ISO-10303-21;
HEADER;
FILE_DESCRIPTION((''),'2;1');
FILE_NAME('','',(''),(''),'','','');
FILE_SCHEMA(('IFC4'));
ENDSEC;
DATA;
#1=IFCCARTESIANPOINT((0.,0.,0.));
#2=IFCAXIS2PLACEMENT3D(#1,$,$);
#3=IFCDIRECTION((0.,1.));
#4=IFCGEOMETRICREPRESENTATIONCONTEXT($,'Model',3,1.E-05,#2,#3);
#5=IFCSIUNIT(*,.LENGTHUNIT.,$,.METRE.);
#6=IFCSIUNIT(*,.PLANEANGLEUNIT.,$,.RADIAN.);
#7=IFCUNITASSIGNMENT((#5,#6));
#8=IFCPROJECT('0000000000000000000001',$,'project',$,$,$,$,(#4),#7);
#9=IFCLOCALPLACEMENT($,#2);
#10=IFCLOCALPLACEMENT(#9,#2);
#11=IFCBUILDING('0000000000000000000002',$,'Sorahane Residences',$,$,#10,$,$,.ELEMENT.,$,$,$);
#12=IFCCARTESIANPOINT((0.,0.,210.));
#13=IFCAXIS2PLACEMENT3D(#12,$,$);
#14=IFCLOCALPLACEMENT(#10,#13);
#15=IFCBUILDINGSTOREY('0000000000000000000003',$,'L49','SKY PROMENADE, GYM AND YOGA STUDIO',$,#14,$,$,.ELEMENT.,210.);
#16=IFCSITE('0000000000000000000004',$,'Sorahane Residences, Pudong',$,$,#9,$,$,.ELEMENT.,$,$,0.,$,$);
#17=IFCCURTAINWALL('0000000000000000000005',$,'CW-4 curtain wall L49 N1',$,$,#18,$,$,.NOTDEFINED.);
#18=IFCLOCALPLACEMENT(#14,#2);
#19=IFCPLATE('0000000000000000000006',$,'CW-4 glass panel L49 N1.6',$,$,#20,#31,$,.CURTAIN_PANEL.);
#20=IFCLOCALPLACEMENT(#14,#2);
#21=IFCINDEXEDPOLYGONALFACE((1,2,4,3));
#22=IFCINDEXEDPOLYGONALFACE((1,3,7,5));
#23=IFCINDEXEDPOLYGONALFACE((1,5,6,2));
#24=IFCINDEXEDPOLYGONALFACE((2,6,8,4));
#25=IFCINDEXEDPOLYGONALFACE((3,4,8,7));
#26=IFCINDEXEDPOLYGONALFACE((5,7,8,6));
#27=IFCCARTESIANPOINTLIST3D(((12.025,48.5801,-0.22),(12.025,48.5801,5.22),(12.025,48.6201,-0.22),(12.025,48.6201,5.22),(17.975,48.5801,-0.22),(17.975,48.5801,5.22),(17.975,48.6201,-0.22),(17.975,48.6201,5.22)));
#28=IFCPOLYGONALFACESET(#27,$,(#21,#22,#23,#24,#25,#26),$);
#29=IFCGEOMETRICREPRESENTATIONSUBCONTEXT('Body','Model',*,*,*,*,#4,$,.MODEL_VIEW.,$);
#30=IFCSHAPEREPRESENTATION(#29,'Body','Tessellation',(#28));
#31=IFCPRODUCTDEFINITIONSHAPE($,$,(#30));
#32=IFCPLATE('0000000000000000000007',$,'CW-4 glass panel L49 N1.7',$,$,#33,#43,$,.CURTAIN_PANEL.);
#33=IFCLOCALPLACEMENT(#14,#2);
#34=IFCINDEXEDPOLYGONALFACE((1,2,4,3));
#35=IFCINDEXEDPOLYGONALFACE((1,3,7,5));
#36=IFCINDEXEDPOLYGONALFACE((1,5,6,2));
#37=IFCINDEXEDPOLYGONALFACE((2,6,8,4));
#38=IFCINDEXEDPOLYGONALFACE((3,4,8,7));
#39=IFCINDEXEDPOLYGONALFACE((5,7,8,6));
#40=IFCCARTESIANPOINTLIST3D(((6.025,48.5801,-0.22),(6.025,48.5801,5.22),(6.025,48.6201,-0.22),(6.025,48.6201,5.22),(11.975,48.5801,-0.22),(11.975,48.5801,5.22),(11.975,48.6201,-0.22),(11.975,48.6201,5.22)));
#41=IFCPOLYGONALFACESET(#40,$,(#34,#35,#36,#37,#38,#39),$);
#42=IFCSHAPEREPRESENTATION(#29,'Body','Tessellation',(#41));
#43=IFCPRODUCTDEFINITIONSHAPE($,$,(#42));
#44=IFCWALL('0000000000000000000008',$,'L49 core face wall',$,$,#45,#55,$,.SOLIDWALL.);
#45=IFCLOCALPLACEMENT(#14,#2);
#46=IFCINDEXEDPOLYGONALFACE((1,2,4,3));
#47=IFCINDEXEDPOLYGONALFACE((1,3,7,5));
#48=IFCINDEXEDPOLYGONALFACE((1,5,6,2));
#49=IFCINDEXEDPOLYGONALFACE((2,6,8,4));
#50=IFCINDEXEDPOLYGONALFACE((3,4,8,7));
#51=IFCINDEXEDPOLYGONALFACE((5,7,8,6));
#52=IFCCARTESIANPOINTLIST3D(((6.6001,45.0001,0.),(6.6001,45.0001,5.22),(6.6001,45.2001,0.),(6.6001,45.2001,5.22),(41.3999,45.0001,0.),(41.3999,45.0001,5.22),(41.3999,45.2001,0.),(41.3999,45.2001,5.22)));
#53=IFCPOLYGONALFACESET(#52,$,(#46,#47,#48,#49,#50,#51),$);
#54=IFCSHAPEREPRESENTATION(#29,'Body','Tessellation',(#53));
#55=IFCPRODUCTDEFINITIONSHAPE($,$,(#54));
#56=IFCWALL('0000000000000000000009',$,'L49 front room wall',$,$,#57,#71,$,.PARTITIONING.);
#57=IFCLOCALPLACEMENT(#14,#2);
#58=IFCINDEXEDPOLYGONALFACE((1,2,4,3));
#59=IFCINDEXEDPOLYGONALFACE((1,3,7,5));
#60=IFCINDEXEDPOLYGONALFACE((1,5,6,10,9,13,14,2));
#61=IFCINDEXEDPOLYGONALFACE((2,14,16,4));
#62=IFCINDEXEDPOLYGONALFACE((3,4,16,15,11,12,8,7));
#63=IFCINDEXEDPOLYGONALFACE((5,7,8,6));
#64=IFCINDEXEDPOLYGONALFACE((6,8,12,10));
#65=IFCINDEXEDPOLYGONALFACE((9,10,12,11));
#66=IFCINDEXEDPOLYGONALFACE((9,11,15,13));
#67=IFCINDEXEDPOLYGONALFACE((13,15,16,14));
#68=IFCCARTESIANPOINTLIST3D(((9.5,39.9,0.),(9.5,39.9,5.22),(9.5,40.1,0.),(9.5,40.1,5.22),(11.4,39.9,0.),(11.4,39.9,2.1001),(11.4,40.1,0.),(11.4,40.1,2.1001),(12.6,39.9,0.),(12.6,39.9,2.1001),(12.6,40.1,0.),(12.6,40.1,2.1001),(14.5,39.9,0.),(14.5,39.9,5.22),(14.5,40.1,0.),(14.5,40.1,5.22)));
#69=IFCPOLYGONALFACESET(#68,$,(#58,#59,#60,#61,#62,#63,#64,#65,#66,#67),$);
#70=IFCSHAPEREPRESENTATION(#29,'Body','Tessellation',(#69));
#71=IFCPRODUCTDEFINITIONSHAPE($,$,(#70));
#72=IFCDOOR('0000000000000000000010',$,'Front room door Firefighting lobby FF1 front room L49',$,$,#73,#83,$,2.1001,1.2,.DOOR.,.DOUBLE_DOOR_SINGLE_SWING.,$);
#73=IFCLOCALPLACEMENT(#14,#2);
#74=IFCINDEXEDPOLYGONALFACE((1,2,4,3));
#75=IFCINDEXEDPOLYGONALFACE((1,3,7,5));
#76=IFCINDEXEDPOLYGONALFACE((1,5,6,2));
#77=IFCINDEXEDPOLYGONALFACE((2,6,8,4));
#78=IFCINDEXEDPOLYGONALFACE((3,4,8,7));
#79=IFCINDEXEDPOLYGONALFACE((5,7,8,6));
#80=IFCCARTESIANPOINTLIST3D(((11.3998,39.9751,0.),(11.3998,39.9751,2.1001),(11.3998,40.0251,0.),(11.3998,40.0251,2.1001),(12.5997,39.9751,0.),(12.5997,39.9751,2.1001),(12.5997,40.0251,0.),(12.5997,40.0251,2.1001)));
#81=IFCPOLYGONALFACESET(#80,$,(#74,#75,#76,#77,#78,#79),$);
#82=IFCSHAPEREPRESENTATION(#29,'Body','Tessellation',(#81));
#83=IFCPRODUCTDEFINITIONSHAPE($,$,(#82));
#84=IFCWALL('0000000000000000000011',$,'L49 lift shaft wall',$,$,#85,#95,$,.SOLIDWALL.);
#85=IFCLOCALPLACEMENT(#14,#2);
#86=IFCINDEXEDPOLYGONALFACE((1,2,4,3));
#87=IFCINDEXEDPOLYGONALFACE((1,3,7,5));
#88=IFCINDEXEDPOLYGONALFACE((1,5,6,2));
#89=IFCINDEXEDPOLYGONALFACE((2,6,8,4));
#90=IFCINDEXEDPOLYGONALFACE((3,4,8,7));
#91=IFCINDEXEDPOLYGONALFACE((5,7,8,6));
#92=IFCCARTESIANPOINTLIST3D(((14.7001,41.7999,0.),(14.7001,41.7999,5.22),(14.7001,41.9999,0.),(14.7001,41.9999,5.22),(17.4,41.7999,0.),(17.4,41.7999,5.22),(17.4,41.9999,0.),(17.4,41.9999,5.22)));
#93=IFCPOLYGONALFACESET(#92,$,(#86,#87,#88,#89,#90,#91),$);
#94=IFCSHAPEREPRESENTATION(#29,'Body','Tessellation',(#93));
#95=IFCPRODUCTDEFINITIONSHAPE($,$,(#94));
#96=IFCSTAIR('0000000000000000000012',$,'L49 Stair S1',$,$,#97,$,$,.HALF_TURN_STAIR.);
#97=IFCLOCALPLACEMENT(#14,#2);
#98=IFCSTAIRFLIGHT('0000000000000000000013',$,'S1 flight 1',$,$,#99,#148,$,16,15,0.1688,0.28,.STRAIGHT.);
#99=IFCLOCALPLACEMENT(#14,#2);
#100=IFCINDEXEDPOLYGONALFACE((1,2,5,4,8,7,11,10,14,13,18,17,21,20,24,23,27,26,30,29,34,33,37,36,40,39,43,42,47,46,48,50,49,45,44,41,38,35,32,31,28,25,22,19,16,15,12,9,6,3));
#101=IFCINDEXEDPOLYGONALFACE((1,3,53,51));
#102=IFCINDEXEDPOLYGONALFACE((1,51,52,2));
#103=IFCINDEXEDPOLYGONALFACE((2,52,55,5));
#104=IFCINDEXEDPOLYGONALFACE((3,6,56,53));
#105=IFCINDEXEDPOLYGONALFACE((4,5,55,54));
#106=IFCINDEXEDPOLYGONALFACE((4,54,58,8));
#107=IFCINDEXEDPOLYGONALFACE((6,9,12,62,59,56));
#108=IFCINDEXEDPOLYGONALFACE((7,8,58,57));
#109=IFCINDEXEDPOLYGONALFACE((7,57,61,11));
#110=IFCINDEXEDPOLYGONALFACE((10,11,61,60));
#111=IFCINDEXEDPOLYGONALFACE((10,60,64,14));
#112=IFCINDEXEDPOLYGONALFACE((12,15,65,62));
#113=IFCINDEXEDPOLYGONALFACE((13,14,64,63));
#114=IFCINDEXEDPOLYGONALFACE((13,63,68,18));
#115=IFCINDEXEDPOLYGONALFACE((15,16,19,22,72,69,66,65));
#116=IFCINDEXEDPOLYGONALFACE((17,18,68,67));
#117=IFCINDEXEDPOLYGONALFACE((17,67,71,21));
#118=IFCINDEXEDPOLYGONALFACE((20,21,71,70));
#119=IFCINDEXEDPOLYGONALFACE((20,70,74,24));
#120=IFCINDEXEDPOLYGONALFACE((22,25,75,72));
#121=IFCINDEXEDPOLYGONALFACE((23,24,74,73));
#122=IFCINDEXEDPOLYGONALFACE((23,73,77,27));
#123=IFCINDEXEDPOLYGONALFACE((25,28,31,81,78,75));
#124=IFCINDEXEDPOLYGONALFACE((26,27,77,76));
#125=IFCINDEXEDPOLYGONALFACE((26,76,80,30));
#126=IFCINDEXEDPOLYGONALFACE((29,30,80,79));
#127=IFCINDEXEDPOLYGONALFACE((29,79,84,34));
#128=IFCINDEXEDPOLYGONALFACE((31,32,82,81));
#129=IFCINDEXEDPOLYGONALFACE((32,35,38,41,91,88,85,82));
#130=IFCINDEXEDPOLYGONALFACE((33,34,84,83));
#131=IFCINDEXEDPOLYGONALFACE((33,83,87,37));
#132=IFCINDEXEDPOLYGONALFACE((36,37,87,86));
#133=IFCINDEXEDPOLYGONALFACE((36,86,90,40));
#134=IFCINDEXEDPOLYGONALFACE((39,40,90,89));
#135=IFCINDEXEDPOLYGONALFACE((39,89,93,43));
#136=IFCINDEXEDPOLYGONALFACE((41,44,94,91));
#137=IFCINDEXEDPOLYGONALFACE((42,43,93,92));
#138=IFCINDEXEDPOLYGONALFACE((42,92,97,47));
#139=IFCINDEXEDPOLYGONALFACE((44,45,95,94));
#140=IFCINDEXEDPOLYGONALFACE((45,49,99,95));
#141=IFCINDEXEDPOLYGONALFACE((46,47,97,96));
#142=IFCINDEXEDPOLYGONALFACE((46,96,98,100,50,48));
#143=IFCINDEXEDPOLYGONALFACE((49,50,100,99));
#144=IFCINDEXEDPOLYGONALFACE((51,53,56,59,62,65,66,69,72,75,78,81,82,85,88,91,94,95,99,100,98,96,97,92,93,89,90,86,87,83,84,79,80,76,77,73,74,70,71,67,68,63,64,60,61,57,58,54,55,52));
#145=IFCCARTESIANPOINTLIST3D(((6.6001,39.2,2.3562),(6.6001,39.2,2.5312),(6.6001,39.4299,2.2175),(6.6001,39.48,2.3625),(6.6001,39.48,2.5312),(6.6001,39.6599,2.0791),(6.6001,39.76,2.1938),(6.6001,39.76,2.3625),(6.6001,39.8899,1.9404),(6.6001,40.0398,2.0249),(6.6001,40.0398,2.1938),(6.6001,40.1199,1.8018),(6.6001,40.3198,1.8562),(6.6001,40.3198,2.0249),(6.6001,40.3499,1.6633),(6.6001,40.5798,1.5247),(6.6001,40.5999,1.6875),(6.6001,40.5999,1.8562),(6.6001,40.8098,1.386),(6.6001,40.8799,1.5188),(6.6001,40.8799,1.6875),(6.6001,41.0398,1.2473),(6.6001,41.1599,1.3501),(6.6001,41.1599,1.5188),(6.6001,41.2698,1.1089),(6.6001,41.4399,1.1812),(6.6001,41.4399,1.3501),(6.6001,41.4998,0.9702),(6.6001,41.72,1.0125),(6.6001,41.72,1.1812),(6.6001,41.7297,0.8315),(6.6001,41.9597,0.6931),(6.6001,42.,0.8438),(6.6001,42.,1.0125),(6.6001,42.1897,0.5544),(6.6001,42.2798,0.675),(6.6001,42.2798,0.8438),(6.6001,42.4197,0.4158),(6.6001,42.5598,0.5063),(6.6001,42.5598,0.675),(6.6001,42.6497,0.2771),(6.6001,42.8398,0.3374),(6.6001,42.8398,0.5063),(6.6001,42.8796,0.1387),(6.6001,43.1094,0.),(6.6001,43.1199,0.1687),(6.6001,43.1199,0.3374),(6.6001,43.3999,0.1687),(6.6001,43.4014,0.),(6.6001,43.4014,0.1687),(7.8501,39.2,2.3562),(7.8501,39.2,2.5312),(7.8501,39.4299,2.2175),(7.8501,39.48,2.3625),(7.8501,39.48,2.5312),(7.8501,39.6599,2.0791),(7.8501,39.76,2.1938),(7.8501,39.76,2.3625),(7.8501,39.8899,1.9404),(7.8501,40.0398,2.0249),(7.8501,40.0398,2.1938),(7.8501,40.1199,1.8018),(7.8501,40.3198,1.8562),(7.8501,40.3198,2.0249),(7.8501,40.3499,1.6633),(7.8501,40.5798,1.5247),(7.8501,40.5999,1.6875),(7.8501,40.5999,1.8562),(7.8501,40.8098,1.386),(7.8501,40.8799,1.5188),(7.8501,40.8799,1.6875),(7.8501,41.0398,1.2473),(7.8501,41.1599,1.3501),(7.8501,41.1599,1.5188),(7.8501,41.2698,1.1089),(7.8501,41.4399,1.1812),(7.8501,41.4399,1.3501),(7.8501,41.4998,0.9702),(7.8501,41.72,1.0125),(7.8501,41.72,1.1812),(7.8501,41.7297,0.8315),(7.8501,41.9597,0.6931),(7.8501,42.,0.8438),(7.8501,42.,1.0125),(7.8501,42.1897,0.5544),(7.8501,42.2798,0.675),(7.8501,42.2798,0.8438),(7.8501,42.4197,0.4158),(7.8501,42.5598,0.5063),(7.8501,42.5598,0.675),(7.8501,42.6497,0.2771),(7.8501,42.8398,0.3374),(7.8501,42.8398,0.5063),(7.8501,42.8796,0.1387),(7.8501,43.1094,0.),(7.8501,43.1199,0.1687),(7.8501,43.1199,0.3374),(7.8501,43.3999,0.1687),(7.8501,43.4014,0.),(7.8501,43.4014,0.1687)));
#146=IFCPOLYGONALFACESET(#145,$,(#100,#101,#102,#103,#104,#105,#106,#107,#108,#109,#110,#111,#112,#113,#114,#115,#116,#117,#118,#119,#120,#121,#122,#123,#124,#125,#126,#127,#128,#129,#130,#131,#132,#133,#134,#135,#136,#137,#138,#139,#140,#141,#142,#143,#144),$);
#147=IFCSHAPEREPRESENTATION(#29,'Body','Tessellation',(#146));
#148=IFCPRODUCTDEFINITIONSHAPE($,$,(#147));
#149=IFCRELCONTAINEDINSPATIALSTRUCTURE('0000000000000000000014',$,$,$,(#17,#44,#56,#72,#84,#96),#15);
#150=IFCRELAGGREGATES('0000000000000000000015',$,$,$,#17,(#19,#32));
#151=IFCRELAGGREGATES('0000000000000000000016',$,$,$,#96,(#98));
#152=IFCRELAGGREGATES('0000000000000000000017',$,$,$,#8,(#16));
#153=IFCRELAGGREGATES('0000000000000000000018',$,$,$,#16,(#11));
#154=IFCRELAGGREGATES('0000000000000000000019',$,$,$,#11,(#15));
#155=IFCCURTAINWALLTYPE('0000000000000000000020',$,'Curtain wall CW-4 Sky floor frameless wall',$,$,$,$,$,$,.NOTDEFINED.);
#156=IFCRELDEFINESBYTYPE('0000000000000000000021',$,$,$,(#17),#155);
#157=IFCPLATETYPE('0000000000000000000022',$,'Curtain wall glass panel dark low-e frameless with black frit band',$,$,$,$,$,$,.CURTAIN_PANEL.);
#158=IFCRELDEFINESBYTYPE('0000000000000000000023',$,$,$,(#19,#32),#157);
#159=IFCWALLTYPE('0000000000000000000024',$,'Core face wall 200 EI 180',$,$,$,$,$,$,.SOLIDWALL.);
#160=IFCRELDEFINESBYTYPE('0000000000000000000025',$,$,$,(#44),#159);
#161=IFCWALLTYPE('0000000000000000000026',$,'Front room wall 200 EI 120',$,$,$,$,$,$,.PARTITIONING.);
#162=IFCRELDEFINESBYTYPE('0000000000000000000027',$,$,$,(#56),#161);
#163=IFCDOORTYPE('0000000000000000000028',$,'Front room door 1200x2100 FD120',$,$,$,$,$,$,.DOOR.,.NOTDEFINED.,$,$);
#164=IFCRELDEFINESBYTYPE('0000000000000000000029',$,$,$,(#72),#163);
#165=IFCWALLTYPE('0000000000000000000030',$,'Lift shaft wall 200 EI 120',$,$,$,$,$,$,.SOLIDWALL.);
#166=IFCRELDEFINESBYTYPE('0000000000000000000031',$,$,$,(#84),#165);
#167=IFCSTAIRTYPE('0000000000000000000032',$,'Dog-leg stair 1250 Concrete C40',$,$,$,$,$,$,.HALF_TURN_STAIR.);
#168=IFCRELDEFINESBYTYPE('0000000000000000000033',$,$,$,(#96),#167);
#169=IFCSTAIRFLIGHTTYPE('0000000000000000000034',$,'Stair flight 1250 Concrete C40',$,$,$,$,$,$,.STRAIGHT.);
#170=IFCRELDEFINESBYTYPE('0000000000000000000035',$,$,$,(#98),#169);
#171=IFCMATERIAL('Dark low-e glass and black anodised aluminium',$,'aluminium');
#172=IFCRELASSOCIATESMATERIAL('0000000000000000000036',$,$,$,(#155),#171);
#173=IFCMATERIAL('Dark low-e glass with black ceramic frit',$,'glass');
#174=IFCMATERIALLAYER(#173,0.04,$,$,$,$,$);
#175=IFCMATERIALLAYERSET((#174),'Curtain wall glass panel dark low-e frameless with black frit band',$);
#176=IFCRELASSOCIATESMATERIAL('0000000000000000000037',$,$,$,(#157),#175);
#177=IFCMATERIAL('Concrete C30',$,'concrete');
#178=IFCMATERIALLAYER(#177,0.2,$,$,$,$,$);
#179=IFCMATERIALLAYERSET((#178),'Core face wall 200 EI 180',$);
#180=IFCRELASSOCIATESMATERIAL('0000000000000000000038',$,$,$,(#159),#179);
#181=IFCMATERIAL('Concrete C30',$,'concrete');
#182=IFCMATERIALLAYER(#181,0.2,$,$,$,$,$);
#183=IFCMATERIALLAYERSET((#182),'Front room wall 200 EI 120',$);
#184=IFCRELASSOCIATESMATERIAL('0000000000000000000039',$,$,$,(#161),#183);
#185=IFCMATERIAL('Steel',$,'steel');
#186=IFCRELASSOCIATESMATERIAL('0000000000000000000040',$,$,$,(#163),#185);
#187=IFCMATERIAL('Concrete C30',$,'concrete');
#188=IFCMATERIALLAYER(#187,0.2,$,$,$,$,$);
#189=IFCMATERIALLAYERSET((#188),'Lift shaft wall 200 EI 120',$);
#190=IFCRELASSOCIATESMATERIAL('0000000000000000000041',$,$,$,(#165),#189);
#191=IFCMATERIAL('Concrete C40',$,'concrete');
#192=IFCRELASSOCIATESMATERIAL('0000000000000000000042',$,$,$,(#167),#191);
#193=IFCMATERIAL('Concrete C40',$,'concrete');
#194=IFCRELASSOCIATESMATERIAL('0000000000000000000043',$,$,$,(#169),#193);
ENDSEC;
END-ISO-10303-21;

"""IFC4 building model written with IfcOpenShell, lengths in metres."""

from ifc_helpers import new_model, si_unit, direction, frame, frame_2d, origin, origin_2d, place, context, subcontext, project, spatial, polyline, rectangle, outline, extrude, material, layer, layer_set, type_object, element, fill, aggregate, save


model = new_model("IFC4")

# Units and contexts
model_context = context("Model", 3, precision=1e-05, world=origin(), true_north=direction((0.0, 1.0)))
body_context = subcontext(model_context, "Body", "Model", "MODEL_VIEW")
ifc_project = project(units=[si_unit("LENGTHUNIT", "METRE"), si_unit("PLANEANGLEUNIT", "RADIAN")], contexts=[model_context])

# Site, building, storey
site_placement = place(None, origin())
site = spatial("IfcSite", under=ifc_project, at=site_placement, Name="Sorahane Residences, Pudong", CompositionType="ELEMENT", RefElevation=0.0)
building_placement = place(site_placement, origin())
building = spatial("IfcBuilding", under=site, at=building_placement, Name="Sorahane Residences", CompositionType="ELEMENT")
storey_placement = place(building_placement, frame((0.0, 0.0, 210.0)))
storey = spatial("IfcBuildingStorey", under=building, at=storey_placement, Name="L49", Description="SKY PROMENADE, GYM AND YOGA STUDIO", CompositionType="ELEMENT", Elevation=210.0)

# Curtain wall
ifc_material_1 = material(Name="Dark low-e glass and black anodised aluminium", Category="aluminium")
curtain_wall_type = type_object("IfcCurtainWallType", Name="Curtain wall CW-4 Sky floor frameless wall", PredefinedType="NOTDEFINED", material=ifc_material_1)
curtain_wall_placement = place(storey_placement, origin())
curtain_wall = element("IfcCurtainWall", 1, at=curtain_wall_placement, inside=storey, type_object=curtain_wall_type, Name="CW-4 curtain wall L49 N1", PredefinedType="NOTDEFINED")

# Plates
ifc_material_2 = material(Name="Dark low-e glass with black ceramic frit", Category="glass")
ifc_layer_1 = layer(ifc_material_2, 0.04)
ifc_layer_set_1 = layer_set([ifc_layer_1], Name="Curtain wall glass panel dark low-e frameless with black frit band")
plate_type = type_object("IfcPlateType", Name="Curtain wall glass panel dark low-e frameless with black frit band", PredefinedType="CURTAIN_PANEL", material=ifc_layer_set_1)
plate_1_placement = place(storey_placement, frame((15.0, 48.6001, -0.22), z_axis=(0.0, 0.0, 1.0), x_axis=(-1.0, 0.0, 0.0)))
plate_1 = element("IfcPlate", 2, at=plate_1_placement, type_object=plate_type, Name="CW-4 glass panel L49 N1.6", PredefinedType="CURTAIN_PANEL", context=body_context, shape_type="SweptSolid", body=[
    extrude(rectangle(XDim=5.95, YDim=0.04, at=origin_2d()), origin(), (0.0, 0.0, 1.0), 5.4399),
])
plate_2_placement = place(storey_placement, frame((9.0, 48.6001, -0.22), z_axis=(0.0, 0.0, 1.0), x_axis=(-1.0, 0.0, 0.0)))
plate_2 = element("IfcPlate", 3, at=plate_2_placement, type_object=plate_type, Name="CW-4 glass panel L49 N1.7", PredefinedType="CURTAIN_PANEL", context=body_context, shape_type="SweptSolid", body=[
    extrude(rectangle(XDim=5.95, YDim=0.04, at=origin_2d()), origin(), (0.0, 0.0, 1.0), 5.4399),
])
aggregate(curtain_wall, [plate_1, plate_2])

# Wall
ifc_material_3 = material(Name="Concrete C30", Category="concrete")
ifc_layer_2 = layer(ifc_material_3, 0.2)
ifc_layer_set_2 = layer_set([ifc_layer_2], Name="Core face wall 200 EI 180")
wall_type_1 = type_object("IfcWallType", Name="Core face wall 200 EI 180", PredefinedType="SOLIDWALL", material=ifc_layer_set_2)
wall_1_placement = place(storey_placement, frame((6.6001, 45.1001, 0.0), z_axis=(0.0, 0.0, 1.0), x_axis=(1.0, 0.0, 0.0)))
element("IfcWall", 4, at=wall_1_placement, inside=storey, type_object=wall_type_1, Name="L49 core face wall", PredefinedType="SOLIDWALL", context=body_context, shape_type="SweptSolid", body=[
    extrude(rectangle(XDim=34.7998, YDim=0.2, at=frame_2d((17.3999, 0.0))), origin(), (0.0, 0.0, 1.0), 5.22),
])

# Wall, opening, door
ifc_material_4 = material(Name="Concrete C30", Category="concrete")
ifc_layer_3 = layer(ifc_material_4, 0.2)
ifc_layer_set_3 = layer_set([ifc_layer_3], Name="Front room wall 200 EI 120")
wall_type_2 = type_object("IfcWallType", Name="Front room wall 200 EI 120", PredefinedType="PARTITIONING", material=ifc_layer_set_3)
wall_2_placement = place(storey_placement, frame((9.5, 40.0, 0.0), z_axis=(0.0, 0.0, 1.0), x_axis=(1.0, 0.0, 0.0)))
wall_2 = element("IfcWall", 5, at=wall_2_placement, inside=storey, type_object=wall_type_2, Name="L49 front room wall", PredefinedType="PARTITIONING", context=body_context, shape_type="SweptSolid", body=[
    extrude(rectangle(XDim=5.0, YDim=0.2, at=frame_2d((2.5, 0.0))), origin(), (0.0, 0.0, 1.0), 5.22),
])
opening_placement = place(wall_2_placement, frame((1.8999, 0.0, 0.0)))
opening = element("IfcOpeningElement", 6, at=opening_placement, cuts=wall_2, PredefinedType="OPENING", context=body_context, shape_type="SweptSolid", body=[
    extrude(rectangle(XDim=1.2, YDim=2.1001, at=frame_2d((0.6001, 1.05))), frame((0.0, 0.1099, 0.0), z_axis=(0.0, -1.0, 0.0), x_axis=(1.0, 0.0, 0.0)), (0.0, 0.0, 1.0), 0.22),
])
ifc_material_5 = material(Name="Steel", Category="steel")
door_type = type_object("IfcDoorType", Name="Front room door 1200x2100 FD120", OperationType="NOTDEFINED", PredefinedType="DOOR", material=ifc_material_5)
door_placement = place(opening_placement, frame((1.2, 0.0, 0.0), z_axis=(0.0, 0.0, 1.0), x_axis=(-1.0, 0.0, 0.0)))
door = element("IfcDoor", 7, at=door_placement, inside=storey, type_object=door_type, Name="Front room door Firefighting lobby FF1 front room L49", OperationType="DOUBLE_DOOR_SINGLE_SWING", OverallHeight=2.1001, OverallWidth=1.2, PredefinedType="DOOR", context=body_context, shape_type="SweptSolid", body=[
    extrude(rectangle(XDim=1.2, YDim=2.1001, at=frame_2d((0.6001, 1.05))), frame((0.0, 0.0249, 0.0), z_axis=(0.0, -1.0, 0.0), x_axis=(1.0, 0.0, 0.0)), (0.0, 0.0, 1.0), 0.05),
])
fill(opening, door)

# Wall
ifc_material_6 = material(Name="Concrete C30", Category="concrete")
ifc_layer_4 = layer(ifc_material_6, 0.2)
ifc_layer_set_4 = layer_set([ifc_layer_4], Name="Lift shaft wall 200 EI 120")
wall_type_3 = type_object("IfcWallType", Name="Lift shaft wall 200 EI 120", PredefinedType="SOLIDWALL", material=ifc_layer_set_4)
wall_3_placement = place(storey_placement, frame((14.7, 41.8999, 0.0), z_axis=(0.0, 0.0, 1.0), x_axis=(1.0, 0.0, 0.0)))
element("IfcWall", 8, at=wall_3_placement, inside=storey, type_object=wall_type_3, Name="L49 lift shaft wall", PredefinedType="SOLIDWALL", context=body_context, shape_type="SweptSolid", body=[
    extrude(rectangle(XDim=2.7, YDim=0.2, at=frame_2d((1.3501, 0.0))), origin(), (0.0, 0.0, 1.0), 5.22),
])

# Stair, stair flight
ifc_material_7 = material(Name="Concrete C40", Category="concrete")
stair_type = type_object("IfcStairType", Name="Dog-leg stair 1250 Concrete C40", PredefinedType="HALF_TURN_STAIR", material=ifc_material_7)
stair_placement = place(storey_placement, origin())
stair = element("IfcStair", 9, at=stair_placement, inside=storey, type_object=stair_type, Name="L49 Stair S1", PredefinedType="HALF_TURN_STAIR")
ifc_material_8 = material(Name="Concrete C40", Category="concrete")
stair_flight_type = type_object("IfcStairFlightType", Name="Stair flight 1250 Concrete C40", PredefinedType="STRAIGHT", material=ifc_material_8)
stair_flight_1_placement = place(storey_placement, frame((7.2251, 43.3999, 0.0), z_axis=(0.0, 0.0, 1.0), x_axis=(0.0, -1.0, 0.0)))
stair_flight_1 = element("IfcStairFlight", 10, at=stair_flight_1_placement, type_object=stair_flight_type, Name="S1 flight 1", NumberOfRisers=16, NumberOfTreads=15, PredefinedType="STRAIGHT", RiserHeight=0.1688, TreadLength=0.28, context=body_context, shape_type="SweptSolid", body=[
    extrude(outline(polyline([(-0.0015, 0.0), (-0.0015, 0.1687), (0.0, 0.1687), (0.28, 0.1687), (0.28, 0.3374), (0.5601, 0.3374), (0.5601, 0.5063), (0.8401, 0.5063), (0.8401, 0.675), (1.1201, 0.675), (1.1201, 0.8438), (1.3999, 0.8438), (1.3999, 1.0125), (1.6799, 1.0125), (1.6799, 1.1812), (1.96, 1.1812), (1.96, 1.3501), (2.24, 1.3501), (2.24, 1.5188), (2.52, 1.5188), (2.52, 1.6875), (2.8, 1.6875), (2.8, 1.8562), (3.0801, 1.8562), (3.0801, 2.0249), (3.3601, 2.0249), (3.3601, 2.1938), (3.6399, 2.1938), (3.6399, 2.3625), (3.9199, 2.3625), (3.9199, 2.5312), (4.2, 2.5312), (4.2, 2.7), (4.2, 2.3562), (3.97, 2.2175), (3.74, 2.0791), (3.51, 1.9404), (3.28, 1.8018), (3.05, 1.6633), (2.8201, 1.5247), (2.5901, 1.386), (2.3601, 1.2473), (2.1301, 1.1089), (1.9001, 0.9702), (1.6702, 0.8315), (1.4402, 0.6931), (1.2102, 0.5544), (0.9802, 0.4158), (0.7502, 0.2771), (0.5203, 0.1387), (0.2905, 0.0), (-0.0015, 0.0)])), frame((0.0, 0.625, 0.0), z_axis=(0.0, -1.0, 0.0), x_axis=(1.0, 0.0, 0.0)), (0.0, 0.0, 1.0), 1.25),
])
aggregate(stair, [stair_flight_1])

save(model, "model.ifc")
